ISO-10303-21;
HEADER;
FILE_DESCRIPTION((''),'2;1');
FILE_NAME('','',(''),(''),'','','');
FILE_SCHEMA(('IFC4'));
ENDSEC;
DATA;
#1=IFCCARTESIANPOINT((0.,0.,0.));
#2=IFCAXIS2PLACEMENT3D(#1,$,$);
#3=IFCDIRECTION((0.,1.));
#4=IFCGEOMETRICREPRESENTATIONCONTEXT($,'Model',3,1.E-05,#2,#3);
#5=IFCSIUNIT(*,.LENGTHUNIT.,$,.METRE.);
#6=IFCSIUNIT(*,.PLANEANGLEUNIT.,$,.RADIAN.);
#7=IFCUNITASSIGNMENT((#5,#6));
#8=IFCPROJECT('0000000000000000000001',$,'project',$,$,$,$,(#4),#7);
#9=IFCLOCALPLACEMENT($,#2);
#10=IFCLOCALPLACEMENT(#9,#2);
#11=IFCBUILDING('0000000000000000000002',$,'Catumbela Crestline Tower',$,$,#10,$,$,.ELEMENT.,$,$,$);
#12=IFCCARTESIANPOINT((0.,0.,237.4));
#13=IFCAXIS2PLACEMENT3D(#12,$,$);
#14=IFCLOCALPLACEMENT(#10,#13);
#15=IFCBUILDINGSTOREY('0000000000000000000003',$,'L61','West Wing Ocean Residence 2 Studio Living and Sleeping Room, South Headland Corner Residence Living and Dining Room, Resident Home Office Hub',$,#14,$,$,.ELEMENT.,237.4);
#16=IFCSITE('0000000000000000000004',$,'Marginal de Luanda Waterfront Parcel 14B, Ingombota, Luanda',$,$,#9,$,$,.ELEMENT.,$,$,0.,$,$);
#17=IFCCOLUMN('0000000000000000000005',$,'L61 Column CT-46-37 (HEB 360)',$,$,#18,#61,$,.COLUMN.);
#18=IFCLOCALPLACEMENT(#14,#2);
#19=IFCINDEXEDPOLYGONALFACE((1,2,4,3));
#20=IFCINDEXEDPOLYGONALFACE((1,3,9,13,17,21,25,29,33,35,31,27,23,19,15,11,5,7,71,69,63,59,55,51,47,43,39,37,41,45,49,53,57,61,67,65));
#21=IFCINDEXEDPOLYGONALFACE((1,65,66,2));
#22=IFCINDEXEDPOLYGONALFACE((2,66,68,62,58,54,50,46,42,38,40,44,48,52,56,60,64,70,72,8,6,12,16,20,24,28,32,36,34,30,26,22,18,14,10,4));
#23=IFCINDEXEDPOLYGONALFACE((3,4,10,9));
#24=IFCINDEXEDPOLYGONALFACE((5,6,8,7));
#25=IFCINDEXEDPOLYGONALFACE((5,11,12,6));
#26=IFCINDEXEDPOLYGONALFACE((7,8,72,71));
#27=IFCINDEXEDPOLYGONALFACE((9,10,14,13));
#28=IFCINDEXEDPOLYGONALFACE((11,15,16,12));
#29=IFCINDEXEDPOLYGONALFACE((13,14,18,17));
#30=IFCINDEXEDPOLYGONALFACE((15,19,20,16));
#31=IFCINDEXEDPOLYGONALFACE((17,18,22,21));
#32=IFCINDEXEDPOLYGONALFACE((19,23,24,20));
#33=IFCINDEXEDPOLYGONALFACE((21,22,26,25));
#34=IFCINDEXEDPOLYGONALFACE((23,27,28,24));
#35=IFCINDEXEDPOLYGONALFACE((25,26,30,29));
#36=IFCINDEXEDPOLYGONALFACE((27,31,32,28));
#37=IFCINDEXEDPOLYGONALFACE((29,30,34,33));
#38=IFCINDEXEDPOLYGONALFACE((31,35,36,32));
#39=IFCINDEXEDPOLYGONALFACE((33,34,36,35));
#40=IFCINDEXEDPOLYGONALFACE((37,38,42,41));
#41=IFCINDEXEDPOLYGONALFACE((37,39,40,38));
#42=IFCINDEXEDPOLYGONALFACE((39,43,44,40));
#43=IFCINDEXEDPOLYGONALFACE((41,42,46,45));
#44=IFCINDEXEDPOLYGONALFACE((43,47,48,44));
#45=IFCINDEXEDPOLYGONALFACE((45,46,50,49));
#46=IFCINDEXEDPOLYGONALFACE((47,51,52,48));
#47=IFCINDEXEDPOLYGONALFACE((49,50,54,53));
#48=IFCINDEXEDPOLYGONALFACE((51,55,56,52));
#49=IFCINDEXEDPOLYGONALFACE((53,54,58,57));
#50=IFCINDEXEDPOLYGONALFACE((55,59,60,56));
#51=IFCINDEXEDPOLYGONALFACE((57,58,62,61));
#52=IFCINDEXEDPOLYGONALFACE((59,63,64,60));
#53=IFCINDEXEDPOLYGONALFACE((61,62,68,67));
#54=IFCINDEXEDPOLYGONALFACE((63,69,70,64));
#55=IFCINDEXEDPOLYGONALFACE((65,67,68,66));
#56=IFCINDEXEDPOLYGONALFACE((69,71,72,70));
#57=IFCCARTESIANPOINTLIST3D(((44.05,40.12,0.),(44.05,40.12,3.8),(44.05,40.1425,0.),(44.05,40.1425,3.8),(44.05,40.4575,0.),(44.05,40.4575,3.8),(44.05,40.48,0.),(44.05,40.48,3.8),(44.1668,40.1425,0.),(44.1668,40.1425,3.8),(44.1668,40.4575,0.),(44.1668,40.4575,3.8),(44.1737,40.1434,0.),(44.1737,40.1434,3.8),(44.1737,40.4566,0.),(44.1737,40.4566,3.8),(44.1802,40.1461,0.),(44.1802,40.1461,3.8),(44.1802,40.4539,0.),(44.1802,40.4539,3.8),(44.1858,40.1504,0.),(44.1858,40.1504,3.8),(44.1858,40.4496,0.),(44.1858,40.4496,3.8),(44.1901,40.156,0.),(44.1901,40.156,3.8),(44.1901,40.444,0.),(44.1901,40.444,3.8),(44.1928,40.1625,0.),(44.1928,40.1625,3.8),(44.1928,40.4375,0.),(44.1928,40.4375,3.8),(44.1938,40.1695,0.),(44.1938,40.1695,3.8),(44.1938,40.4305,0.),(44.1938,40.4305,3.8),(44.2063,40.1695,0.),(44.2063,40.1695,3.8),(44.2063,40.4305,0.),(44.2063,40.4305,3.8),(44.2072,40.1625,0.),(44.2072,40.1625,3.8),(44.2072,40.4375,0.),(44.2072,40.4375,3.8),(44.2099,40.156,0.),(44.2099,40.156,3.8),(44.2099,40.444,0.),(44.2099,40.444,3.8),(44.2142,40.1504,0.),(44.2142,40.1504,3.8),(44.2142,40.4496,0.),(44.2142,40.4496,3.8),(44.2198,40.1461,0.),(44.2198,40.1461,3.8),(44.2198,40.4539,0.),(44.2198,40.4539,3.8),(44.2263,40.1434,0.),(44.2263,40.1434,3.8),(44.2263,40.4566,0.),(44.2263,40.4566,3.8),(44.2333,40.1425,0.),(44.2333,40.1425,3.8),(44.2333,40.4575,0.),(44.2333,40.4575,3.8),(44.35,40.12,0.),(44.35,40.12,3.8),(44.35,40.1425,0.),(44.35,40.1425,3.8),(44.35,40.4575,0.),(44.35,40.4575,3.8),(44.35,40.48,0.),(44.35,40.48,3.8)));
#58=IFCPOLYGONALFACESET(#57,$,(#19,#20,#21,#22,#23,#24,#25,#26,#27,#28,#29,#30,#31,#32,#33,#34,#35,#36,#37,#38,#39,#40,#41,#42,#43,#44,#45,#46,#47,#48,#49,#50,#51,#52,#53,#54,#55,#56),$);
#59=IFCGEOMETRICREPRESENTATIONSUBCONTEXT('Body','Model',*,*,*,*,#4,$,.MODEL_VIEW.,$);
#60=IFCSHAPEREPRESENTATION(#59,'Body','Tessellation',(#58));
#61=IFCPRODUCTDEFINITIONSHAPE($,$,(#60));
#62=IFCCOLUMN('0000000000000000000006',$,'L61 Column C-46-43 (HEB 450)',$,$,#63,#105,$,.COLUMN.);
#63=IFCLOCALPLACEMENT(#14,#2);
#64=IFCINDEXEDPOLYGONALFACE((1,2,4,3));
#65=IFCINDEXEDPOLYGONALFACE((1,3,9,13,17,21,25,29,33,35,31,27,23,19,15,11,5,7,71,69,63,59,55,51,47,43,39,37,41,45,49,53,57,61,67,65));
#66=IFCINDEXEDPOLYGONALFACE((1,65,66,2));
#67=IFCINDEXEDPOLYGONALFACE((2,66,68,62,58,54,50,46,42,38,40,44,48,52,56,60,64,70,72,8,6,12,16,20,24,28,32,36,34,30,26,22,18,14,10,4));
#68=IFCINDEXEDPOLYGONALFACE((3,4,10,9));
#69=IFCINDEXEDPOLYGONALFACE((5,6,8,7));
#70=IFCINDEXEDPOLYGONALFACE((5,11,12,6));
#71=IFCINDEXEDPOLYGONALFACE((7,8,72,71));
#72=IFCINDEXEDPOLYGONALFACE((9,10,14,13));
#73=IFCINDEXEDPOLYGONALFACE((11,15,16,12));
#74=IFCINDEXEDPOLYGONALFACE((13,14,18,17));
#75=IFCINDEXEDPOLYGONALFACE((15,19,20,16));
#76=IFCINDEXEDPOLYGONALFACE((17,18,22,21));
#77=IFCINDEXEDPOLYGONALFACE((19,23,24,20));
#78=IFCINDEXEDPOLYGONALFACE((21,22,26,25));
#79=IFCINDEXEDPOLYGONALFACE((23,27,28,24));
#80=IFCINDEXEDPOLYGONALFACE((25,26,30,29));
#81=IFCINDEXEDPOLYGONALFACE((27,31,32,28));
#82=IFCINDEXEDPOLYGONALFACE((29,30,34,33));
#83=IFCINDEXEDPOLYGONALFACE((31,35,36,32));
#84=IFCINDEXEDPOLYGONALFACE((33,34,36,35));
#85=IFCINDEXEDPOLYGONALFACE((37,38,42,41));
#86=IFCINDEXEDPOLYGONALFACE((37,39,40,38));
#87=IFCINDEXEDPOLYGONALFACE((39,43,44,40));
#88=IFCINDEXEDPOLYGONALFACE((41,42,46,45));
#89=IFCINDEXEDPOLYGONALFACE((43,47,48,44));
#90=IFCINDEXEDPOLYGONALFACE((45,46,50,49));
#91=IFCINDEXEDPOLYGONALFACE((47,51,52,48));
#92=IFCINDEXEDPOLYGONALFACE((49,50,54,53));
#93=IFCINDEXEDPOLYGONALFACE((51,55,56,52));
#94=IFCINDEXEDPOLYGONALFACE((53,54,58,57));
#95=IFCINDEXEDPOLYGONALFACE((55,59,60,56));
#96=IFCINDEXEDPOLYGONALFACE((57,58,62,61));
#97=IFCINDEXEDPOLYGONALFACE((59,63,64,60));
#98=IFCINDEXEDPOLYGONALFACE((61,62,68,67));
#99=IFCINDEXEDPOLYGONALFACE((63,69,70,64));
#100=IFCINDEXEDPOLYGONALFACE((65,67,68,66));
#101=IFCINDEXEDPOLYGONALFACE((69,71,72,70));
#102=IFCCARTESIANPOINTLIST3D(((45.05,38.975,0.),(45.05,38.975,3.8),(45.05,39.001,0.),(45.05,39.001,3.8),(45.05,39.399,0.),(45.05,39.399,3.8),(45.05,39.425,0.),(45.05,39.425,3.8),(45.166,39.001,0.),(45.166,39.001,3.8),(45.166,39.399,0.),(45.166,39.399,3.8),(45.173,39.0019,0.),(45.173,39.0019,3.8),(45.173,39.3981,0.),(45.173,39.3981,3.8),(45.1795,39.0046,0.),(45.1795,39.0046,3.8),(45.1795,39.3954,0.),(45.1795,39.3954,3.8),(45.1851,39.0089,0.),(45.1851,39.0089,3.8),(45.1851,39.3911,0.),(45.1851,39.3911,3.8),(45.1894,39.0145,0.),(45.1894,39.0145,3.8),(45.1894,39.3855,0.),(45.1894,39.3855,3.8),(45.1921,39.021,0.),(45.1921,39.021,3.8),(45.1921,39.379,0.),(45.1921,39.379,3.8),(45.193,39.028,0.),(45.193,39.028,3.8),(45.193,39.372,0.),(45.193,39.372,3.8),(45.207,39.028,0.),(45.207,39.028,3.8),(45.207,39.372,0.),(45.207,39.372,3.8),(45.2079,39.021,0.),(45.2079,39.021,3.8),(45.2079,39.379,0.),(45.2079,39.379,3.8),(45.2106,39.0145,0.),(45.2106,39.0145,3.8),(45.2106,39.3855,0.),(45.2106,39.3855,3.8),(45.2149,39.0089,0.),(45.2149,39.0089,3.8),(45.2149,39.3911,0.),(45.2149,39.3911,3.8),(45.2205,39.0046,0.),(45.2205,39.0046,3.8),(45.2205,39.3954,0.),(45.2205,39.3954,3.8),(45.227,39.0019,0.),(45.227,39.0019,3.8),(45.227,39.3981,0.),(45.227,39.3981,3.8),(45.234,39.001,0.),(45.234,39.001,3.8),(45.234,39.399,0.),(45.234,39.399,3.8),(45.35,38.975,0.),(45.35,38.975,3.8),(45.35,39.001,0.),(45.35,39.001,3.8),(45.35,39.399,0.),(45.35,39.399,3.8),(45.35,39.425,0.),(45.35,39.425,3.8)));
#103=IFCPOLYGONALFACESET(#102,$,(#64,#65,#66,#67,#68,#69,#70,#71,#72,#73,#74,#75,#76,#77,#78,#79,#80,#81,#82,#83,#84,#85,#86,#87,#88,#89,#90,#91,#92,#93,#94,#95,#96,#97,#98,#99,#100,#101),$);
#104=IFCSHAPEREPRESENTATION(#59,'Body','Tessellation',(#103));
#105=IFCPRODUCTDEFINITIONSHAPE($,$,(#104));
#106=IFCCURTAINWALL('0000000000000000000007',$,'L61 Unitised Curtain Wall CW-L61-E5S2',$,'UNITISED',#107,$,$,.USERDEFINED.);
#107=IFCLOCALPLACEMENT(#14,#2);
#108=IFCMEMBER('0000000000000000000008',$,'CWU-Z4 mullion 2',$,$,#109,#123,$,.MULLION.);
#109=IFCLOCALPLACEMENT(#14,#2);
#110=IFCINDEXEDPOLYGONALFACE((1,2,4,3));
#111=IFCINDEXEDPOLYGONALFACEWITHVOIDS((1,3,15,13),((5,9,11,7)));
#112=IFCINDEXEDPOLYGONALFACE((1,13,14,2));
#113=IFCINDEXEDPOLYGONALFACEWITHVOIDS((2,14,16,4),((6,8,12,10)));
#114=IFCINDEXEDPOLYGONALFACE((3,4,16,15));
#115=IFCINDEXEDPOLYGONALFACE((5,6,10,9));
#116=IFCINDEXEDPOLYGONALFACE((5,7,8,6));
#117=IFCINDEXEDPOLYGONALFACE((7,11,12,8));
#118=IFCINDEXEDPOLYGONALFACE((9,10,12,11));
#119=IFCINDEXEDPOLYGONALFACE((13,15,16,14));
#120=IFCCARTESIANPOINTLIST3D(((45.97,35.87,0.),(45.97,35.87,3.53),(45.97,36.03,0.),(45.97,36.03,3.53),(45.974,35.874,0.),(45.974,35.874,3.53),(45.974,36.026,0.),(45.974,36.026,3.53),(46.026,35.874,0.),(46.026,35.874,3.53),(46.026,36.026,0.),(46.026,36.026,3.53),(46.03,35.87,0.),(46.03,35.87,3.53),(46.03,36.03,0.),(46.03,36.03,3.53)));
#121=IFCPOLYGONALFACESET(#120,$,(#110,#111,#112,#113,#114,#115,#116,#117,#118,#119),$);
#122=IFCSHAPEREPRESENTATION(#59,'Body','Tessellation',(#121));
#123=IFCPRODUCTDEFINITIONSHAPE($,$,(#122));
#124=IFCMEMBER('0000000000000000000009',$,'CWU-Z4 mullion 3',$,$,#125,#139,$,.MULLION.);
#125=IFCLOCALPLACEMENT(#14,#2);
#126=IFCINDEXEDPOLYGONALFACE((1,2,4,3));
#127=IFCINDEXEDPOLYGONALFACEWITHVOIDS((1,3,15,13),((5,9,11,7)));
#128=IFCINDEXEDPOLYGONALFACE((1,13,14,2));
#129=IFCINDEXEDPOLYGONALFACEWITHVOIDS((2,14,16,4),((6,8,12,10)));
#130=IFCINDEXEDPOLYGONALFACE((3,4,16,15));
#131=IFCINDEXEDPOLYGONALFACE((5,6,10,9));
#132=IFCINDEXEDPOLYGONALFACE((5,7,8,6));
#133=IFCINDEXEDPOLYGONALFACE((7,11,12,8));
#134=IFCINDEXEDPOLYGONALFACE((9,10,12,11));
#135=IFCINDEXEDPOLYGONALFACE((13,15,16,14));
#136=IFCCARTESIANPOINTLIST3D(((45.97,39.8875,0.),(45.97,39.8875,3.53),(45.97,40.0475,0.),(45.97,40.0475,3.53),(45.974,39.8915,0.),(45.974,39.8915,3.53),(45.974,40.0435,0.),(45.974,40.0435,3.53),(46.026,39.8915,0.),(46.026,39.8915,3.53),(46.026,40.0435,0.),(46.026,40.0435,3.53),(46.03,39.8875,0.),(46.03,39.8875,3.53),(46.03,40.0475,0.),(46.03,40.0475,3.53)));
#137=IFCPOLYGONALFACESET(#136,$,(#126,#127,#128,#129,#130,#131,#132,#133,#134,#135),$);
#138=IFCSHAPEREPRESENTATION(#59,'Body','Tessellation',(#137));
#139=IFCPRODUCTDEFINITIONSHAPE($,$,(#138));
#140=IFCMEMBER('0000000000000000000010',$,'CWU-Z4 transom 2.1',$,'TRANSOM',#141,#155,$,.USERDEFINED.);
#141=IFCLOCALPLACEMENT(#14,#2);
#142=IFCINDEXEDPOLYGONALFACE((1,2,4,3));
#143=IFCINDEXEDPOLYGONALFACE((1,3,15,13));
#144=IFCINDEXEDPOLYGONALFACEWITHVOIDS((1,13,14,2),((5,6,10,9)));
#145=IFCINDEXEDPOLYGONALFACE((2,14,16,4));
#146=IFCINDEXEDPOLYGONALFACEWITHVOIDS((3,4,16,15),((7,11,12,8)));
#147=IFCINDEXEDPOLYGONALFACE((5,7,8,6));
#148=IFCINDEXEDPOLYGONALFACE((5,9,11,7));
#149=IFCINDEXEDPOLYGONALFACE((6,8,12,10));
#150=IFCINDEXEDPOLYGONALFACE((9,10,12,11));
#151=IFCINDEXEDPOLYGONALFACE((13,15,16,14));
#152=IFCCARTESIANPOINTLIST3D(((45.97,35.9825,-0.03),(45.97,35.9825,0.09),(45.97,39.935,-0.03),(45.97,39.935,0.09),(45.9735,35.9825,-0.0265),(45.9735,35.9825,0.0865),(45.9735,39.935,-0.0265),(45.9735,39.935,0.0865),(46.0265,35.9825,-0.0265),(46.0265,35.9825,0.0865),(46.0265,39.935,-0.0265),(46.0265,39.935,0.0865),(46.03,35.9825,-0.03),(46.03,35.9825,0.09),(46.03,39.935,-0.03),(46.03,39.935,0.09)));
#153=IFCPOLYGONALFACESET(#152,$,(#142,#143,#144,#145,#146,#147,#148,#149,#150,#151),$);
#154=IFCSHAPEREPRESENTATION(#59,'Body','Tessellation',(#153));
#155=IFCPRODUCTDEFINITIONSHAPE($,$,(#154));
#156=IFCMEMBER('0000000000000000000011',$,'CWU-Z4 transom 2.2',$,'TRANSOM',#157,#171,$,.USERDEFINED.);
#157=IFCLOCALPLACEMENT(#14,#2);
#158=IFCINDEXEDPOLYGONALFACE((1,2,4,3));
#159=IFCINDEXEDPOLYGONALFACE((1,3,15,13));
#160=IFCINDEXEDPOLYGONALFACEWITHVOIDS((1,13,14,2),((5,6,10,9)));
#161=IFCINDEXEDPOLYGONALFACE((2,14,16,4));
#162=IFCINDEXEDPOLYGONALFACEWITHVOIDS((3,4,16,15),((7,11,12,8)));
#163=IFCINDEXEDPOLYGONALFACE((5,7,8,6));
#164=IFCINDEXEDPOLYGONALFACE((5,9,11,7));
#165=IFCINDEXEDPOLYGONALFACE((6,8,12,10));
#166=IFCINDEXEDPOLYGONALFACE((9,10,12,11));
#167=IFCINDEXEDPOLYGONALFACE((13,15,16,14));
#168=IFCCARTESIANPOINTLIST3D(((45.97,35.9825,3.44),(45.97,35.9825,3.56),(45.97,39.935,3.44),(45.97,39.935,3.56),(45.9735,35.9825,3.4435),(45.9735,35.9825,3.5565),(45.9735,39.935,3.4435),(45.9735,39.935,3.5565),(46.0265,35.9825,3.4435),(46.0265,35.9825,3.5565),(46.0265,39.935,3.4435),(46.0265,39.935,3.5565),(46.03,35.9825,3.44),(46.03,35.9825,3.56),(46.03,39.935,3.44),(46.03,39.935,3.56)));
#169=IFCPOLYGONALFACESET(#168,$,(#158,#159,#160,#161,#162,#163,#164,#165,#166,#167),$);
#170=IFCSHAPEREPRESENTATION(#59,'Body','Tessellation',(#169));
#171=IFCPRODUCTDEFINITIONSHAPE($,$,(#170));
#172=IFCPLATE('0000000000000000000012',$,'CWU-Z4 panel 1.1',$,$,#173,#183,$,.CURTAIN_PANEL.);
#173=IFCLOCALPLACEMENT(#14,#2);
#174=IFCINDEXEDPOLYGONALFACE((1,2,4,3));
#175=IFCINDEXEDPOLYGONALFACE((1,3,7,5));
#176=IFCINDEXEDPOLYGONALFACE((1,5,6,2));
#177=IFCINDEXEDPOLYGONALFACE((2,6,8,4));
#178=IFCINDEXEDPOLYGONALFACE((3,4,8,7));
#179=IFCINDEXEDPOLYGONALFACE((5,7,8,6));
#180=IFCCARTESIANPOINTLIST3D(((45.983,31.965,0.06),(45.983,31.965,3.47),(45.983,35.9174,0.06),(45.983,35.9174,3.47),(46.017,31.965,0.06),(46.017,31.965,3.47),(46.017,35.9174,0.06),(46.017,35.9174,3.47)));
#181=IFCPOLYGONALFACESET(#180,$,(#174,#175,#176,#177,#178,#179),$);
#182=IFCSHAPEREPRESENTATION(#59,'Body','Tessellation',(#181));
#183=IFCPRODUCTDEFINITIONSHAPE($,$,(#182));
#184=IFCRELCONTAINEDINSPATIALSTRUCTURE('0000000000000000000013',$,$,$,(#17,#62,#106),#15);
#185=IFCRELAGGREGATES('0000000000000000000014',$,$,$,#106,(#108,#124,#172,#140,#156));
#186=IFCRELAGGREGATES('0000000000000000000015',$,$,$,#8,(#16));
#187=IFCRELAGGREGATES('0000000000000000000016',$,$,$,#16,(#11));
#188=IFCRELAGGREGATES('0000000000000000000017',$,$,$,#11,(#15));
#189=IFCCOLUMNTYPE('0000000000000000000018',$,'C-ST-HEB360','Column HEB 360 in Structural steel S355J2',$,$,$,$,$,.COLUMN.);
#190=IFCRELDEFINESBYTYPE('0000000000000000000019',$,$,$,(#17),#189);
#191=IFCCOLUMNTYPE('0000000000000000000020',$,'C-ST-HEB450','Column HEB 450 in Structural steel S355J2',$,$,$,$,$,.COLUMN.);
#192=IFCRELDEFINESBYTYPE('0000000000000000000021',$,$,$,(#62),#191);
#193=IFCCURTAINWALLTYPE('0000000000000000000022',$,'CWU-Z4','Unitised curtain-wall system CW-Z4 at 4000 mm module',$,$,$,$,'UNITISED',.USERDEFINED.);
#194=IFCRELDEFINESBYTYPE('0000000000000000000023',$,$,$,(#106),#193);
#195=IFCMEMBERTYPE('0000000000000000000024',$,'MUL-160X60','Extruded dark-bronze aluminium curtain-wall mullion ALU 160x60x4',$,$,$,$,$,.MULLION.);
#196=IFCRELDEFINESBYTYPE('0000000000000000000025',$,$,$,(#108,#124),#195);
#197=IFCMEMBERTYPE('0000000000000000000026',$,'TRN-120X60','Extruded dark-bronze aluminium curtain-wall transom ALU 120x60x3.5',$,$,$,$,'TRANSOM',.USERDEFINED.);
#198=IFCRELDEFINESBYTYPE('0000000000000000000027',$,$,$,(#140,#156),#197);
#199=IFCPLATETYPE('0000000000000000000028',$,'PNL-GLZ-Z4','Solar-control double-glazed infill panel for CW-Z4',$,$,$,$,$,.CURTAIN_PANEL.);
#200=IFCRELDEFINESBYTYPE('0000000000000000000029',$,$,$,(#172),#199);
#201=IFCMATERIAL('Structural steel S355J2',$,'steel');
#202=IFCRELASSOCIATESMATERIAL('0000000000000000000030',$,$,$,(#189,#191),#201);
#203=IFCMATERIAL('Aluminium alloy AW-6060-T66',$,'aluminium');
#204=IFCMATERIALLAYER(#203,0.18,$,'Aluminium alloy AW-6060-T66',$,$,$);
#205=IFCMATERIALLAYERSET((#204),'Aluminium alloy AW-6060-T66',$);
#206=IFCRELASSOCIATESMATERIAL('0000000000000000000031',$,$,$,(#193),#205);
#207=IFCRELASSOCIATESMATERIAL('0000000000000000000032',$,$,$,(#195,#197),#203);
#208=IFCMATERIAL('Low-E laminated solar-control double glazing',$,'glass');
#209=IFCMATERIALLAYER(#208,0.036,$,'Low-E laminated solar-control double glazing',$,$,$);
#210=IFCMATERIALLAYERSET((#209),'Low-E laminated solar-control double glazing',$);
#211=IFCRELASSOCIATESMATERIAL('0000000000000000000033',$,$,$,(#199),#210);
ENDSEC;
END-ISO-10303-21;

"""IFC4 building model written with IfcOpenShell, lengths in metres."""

from ifc_helpers import new_model, si_unit, direction, frame, origin, origin_2d, place, context, subcontext, project, spatial, rectangle, hollow_rectangle, i_section, extrude, material, layer, layer_set, material_profile, profile_set, type_object, element, aggregate, save


model = new_model("IFC4")

# Units and contexts
model_context = context("Model", 3, precision=1e-05, world=origin(), true_north=direction((0.0, 1.0)))
body_context = subcontext(model_context, "Body", "Model", "MODEL_VIEW")
ifc_project = project(units=[si_unit("LENGTHUNIT", "METRE"), si_unit("PLANEANGLEUNIT", "RADIAN")], contexts=[model_context])

# Site, building, storey
site_placement = place(None, origin())
site = spatial("IfcSite", under=ifc_project, at=site_placement, Name="Marginal de Luanda Waterfront Parcel 14B, Ingombota, Luanda", CompositionType="ELEMENT", RefElevation=0.0)
building_placement = place(site_placement, origin())
building = spatial("IfcBuilding", under=site, at=building_placement, Name="Catumbela Crestline Tower", CompositionType="ELEMENT")
storey_placement = place(building_placement, frame((0.0, 0.0, 237.4)))
storey = spatial("IfcBuildingStorey", under=building, at=storey_placement, Name="L61", Description="West Wing Ocean Residence 2 Studio Living and Sleeping Room, South Headland Corner Residence Living and Dining Room, Resident Home Office Hub", CompositionType="ELEMENT", Elevation=237.4)

# Columns
ifc_material_1 = material(Name="Structural steel S355J2", Category="steel")
ifc_material_profile_1 = material_profile(ifc_material_1, i_section(OverallWidth=0.3, OverallDepth=0.36, WebThickness=0.0125, FlangeThickness=0.0225, FilletRadius=0.027, at=origin_2d()), Name="HEB 360")
ifc_profile_set_1 = profile_set([ifc_material_profile_1], Name="Structural steel S355J2")
column_type_1 = type_object("IfcColumnType", Name="C-ST-HEB360", Description="Column HEB 360 in Structural steel S355J2", PredefinedType="COLUMN", material=ifc_profile_set_1)
column_1_placement = place(storey_placement, frame((44.2, 40.3, 0.0), z_axis=(0.0, 0.0, 1.0), x_axis=(1.0, 0.0, 0.0)))
element("IfcColumn", 1, at=column_1_placement, inside=storey, type_object=column_type_1, Name="L61 Column CT-46-37 (HEB 360)", PredefinedType="COLUMN", context=body_context, shape_type="SweptSolid", body=[
    extrude(i_section(OverallWidth=0.3, OverallDepth=0.36, WebThickness=0.0125, FlangeThickness=0.0225, FilletRadius=0.027, at=origin_2d()), origin(), (0.0, 0.0, 1.0), 3.8),
])
ifc_material_profile_2 = material_profile(ifc_material_1, i_section(OverallWidth=0.3, OverallDepth=0.45, WebThickness=0.014, FlangeThickness=0.026, FilletRadius=0.027, at=origin_2d()), Name="HEB 450")
ifc_profile_set_2 = profile_set([ifc_material_profile_2], Name="Structural steel S355J2")
column_type_2 = type_object("IfcColumnType", Name="C-ST-HEB450", Description="Column HEB 450 in Structural steel S355J2", PredefinedType="COLUMN", material=ifc_profile_set_2)
column_2_placement = place(storey_placement, frame((45.2, 39.2, 0.0), z_axis=(0.0, 0.0, 1.0), x_axis=(1.0, 0.0, 0.0)))
element("IfcColumn", 2, at=column_2_placement, inside=storey, type_object=column_type_2, Name="L61 Column C-46-43 (HEB 450)", PredefinedType="COLUMN", context=body_context, shape_type="SweptSolid", body=[
    extrude(i_section(OverallWidth=0.3, OverallDepth=0.45, WebThickness=0.014, FlangeThickness=0.026, FilletRadius=0.027, at=origin_2d()), origin(), (0.0, 0.0, 1.0), 3.8),
])

# Curtain wall, members, plate
ifc_material_2 = material(Name="Aluminium alloy AW-6060-T66", Category="aluminium")
ifc_layer_1 = layer(ifc_material_2, 0.18, Name="Aluminium alloy AW-6060-T66")
ifc_layer_set_1 = layer_set([ifc_layer_1], Name="Aluminium alloy AW-6060-T66")
curtain_wall_type = type_object("IfcCurtainWallType", Name="CWU-Z4", Description="Unitised curtain-wall system CW-Z4 at 4000 mm module", ElementType="UNITISED", PredefinedType="USERDEFINED", material=ifc_layer_set_1)
curtain_wall_placement = place(storey_placement, origin())
curtain_wall = element("IfcCurtainWall", 3, at=curtain_wall_placement, inside=storey, type_object=curtain_wall_type, Name="L61 Unitised Curtain Wall CW-L61-E5S2", ObjectType="UNITISED", PredefinedType="USERDEFINED")
ifc_material_profile_3 = material_profile(ifc_material_2, hollow_rectangle(XDim=0.06, YDim=0.16, WallThickness=0.004, at=origin_2d()), Name="ALU 160x60x4")
ifc_profile_set_3 = profile_set([ifc_material_profile_3], Name="Aluminium alloy AW-6060-T66")
member_type_1 = type_object("IfcMemberType", Name="MUL-160X60", Description="Extruded dark-bronze aluminium curtain-wall mullion ALU 160x60x4", PredefinedType="MULLION", material=ifc_profile_set_3)
member_1_placement = place(storey_placement, frame((46.0, 35.95, 0.0), z_axis=(0.0, 0.0, 1.0), x_axis=(-1.0, 0.0, 0.0)))
member_1 = element("IfcMember", 4, at=member_1_placement, type_object=member_type_1, Name="CWU-Z4 mullion 2", PredefinedType="MULLION", context=body_context, shape_type="SweptSolid", body=[
    extrude(hollow_rectangle(XDim=0.06, YDim=0.16, WallThickness=0.004, at=origin_2d()), origin(), (0.0, 0.0, 1.0), 3.53),
])
member_2_placement = place(storey_placement, frame((46.0, 39.9675, 0.0), z_axis=(0.0, 0.0, 1.0), x_axis=(-1.0, 0.0, 0.0)))
member_2 = element("IfcMember", 5, at=member_2_placement, type_object=member_type_1, Name="CWU-Z4 mullion 3", PredefinedType="MULLION", context=body_context, shape_type="SweptSolid", body=[
    extrude(hollow_rectangle(XDim=0.06, YDim=0.16, WallThickness=0.004, at=origin_2d()), origin(), (0.0, 0.0, 1.0), 3.53),
])
ifc_material_profile_4 = material_profile(ifc_material_2, hollow_rectangle(XDim=0.06, YDim=0.12, WallThickness=0.0035, at=origin_2d()), Name="ALU 120x60x3.5")
ifc_profile_set_4 = profile_set([ifc_material_profile_4], Name="Aluminium alloy AW-6060-T66")
member_type_2 = type_object("IfcMemberType", Name="TRN-120X60", Description="Extruded dark-bronze aluminium curtain-wall transom ALU 120x60x3.5", ElementType="TRANSOM", PredefinedType="USERDEFINED", material=ifc_profile_set_4)
member_3_placement = place(storey_placement, frame((46.0, 35.9825, 0.03), z_axis=(0.0, 1.0, 0.0), x_axis=(-1.0, 0.0, 0.0)))
member_3 = element("IfcMember", 6, at=member_3_placement, type_object=member_type_2, Name="CWU-Z4 transom 2.1", ObjectType="TRANSOM", PredefinedType="USERDEFINED", context=body_context, shape_type="SweptSolid", body=[
    extrude(hollow_rectangle(XDim=0.06, YDim=0.12, WallThickness=0.0035, at=origin_2d()), origin(), (0.0, 0.0, 1.0), 3.9525),
])
member_4_placement = place(storey_placement, frame((46.0, 35.9825, 3.5), z_axis=(0.0, 1.0, 0.0), x_axis=(-1.0, 0.0, 0.0)))
member_4 = element("IfcMember", 7, at=member_4_placement, type_object=member_type_2, Name="CWU-Z4 transom 2.2", ObjectType="TRANSOM", PredefinedType="USERDEFINED", context=body_context, shape_type="SweptSolid", body=[
    extrude(hollow_rectangle(XDim=0.06, YDim=0.12, WallThickness=0.0035, at=origin_2d()), origin(), (0.0, 0.0, 1.0), 3.9525),
])
ifc_material_3 = material(Name="Low-E laminated solar-control double glazing", Category="glass")
ifc_layer_2 = layer(ifc_material_3, 0.036, Name="Low-E laminated solar-control double glazing")
ifc_layer_set_2 = layer_set([ifc_layer_2], Name="Low-E laminated solar-control double glazing")
plate_type = type_object("IfcPlateType", Name="PNL-GLZ-Z4", Description="Solar-control double-glazed infill panel for CW-Z4", PredefinedType="CURTAIN_PANEL", material=ifc_layer_set_2)
plate_1_placement = place(storey_placement, frame((46.0, 33.9412, 0.06), z_axis=(0.0, 0.0, 1.0), x_axis=(0.0, 1.0, 0.0)))
plate_1 = element("IfcPlate", 8, at=plate_1_placement, type_object=plate_type, Name="CWU-Z4 panel 1.1", PredefinedType="CURTAIN_PANEL", context=body_context, shape_type="SweptSolid", body=[
    extrude(rectangle(XDim=3.9525, YDim=0.034, at=origin_2d()), origin(), (0.0, 0.0, 1.0), 3.41),
])
aggregate(curtain_wall, [member_1, member_2, plate_1, member_3, member_4])

save(model, "model.ifc")
